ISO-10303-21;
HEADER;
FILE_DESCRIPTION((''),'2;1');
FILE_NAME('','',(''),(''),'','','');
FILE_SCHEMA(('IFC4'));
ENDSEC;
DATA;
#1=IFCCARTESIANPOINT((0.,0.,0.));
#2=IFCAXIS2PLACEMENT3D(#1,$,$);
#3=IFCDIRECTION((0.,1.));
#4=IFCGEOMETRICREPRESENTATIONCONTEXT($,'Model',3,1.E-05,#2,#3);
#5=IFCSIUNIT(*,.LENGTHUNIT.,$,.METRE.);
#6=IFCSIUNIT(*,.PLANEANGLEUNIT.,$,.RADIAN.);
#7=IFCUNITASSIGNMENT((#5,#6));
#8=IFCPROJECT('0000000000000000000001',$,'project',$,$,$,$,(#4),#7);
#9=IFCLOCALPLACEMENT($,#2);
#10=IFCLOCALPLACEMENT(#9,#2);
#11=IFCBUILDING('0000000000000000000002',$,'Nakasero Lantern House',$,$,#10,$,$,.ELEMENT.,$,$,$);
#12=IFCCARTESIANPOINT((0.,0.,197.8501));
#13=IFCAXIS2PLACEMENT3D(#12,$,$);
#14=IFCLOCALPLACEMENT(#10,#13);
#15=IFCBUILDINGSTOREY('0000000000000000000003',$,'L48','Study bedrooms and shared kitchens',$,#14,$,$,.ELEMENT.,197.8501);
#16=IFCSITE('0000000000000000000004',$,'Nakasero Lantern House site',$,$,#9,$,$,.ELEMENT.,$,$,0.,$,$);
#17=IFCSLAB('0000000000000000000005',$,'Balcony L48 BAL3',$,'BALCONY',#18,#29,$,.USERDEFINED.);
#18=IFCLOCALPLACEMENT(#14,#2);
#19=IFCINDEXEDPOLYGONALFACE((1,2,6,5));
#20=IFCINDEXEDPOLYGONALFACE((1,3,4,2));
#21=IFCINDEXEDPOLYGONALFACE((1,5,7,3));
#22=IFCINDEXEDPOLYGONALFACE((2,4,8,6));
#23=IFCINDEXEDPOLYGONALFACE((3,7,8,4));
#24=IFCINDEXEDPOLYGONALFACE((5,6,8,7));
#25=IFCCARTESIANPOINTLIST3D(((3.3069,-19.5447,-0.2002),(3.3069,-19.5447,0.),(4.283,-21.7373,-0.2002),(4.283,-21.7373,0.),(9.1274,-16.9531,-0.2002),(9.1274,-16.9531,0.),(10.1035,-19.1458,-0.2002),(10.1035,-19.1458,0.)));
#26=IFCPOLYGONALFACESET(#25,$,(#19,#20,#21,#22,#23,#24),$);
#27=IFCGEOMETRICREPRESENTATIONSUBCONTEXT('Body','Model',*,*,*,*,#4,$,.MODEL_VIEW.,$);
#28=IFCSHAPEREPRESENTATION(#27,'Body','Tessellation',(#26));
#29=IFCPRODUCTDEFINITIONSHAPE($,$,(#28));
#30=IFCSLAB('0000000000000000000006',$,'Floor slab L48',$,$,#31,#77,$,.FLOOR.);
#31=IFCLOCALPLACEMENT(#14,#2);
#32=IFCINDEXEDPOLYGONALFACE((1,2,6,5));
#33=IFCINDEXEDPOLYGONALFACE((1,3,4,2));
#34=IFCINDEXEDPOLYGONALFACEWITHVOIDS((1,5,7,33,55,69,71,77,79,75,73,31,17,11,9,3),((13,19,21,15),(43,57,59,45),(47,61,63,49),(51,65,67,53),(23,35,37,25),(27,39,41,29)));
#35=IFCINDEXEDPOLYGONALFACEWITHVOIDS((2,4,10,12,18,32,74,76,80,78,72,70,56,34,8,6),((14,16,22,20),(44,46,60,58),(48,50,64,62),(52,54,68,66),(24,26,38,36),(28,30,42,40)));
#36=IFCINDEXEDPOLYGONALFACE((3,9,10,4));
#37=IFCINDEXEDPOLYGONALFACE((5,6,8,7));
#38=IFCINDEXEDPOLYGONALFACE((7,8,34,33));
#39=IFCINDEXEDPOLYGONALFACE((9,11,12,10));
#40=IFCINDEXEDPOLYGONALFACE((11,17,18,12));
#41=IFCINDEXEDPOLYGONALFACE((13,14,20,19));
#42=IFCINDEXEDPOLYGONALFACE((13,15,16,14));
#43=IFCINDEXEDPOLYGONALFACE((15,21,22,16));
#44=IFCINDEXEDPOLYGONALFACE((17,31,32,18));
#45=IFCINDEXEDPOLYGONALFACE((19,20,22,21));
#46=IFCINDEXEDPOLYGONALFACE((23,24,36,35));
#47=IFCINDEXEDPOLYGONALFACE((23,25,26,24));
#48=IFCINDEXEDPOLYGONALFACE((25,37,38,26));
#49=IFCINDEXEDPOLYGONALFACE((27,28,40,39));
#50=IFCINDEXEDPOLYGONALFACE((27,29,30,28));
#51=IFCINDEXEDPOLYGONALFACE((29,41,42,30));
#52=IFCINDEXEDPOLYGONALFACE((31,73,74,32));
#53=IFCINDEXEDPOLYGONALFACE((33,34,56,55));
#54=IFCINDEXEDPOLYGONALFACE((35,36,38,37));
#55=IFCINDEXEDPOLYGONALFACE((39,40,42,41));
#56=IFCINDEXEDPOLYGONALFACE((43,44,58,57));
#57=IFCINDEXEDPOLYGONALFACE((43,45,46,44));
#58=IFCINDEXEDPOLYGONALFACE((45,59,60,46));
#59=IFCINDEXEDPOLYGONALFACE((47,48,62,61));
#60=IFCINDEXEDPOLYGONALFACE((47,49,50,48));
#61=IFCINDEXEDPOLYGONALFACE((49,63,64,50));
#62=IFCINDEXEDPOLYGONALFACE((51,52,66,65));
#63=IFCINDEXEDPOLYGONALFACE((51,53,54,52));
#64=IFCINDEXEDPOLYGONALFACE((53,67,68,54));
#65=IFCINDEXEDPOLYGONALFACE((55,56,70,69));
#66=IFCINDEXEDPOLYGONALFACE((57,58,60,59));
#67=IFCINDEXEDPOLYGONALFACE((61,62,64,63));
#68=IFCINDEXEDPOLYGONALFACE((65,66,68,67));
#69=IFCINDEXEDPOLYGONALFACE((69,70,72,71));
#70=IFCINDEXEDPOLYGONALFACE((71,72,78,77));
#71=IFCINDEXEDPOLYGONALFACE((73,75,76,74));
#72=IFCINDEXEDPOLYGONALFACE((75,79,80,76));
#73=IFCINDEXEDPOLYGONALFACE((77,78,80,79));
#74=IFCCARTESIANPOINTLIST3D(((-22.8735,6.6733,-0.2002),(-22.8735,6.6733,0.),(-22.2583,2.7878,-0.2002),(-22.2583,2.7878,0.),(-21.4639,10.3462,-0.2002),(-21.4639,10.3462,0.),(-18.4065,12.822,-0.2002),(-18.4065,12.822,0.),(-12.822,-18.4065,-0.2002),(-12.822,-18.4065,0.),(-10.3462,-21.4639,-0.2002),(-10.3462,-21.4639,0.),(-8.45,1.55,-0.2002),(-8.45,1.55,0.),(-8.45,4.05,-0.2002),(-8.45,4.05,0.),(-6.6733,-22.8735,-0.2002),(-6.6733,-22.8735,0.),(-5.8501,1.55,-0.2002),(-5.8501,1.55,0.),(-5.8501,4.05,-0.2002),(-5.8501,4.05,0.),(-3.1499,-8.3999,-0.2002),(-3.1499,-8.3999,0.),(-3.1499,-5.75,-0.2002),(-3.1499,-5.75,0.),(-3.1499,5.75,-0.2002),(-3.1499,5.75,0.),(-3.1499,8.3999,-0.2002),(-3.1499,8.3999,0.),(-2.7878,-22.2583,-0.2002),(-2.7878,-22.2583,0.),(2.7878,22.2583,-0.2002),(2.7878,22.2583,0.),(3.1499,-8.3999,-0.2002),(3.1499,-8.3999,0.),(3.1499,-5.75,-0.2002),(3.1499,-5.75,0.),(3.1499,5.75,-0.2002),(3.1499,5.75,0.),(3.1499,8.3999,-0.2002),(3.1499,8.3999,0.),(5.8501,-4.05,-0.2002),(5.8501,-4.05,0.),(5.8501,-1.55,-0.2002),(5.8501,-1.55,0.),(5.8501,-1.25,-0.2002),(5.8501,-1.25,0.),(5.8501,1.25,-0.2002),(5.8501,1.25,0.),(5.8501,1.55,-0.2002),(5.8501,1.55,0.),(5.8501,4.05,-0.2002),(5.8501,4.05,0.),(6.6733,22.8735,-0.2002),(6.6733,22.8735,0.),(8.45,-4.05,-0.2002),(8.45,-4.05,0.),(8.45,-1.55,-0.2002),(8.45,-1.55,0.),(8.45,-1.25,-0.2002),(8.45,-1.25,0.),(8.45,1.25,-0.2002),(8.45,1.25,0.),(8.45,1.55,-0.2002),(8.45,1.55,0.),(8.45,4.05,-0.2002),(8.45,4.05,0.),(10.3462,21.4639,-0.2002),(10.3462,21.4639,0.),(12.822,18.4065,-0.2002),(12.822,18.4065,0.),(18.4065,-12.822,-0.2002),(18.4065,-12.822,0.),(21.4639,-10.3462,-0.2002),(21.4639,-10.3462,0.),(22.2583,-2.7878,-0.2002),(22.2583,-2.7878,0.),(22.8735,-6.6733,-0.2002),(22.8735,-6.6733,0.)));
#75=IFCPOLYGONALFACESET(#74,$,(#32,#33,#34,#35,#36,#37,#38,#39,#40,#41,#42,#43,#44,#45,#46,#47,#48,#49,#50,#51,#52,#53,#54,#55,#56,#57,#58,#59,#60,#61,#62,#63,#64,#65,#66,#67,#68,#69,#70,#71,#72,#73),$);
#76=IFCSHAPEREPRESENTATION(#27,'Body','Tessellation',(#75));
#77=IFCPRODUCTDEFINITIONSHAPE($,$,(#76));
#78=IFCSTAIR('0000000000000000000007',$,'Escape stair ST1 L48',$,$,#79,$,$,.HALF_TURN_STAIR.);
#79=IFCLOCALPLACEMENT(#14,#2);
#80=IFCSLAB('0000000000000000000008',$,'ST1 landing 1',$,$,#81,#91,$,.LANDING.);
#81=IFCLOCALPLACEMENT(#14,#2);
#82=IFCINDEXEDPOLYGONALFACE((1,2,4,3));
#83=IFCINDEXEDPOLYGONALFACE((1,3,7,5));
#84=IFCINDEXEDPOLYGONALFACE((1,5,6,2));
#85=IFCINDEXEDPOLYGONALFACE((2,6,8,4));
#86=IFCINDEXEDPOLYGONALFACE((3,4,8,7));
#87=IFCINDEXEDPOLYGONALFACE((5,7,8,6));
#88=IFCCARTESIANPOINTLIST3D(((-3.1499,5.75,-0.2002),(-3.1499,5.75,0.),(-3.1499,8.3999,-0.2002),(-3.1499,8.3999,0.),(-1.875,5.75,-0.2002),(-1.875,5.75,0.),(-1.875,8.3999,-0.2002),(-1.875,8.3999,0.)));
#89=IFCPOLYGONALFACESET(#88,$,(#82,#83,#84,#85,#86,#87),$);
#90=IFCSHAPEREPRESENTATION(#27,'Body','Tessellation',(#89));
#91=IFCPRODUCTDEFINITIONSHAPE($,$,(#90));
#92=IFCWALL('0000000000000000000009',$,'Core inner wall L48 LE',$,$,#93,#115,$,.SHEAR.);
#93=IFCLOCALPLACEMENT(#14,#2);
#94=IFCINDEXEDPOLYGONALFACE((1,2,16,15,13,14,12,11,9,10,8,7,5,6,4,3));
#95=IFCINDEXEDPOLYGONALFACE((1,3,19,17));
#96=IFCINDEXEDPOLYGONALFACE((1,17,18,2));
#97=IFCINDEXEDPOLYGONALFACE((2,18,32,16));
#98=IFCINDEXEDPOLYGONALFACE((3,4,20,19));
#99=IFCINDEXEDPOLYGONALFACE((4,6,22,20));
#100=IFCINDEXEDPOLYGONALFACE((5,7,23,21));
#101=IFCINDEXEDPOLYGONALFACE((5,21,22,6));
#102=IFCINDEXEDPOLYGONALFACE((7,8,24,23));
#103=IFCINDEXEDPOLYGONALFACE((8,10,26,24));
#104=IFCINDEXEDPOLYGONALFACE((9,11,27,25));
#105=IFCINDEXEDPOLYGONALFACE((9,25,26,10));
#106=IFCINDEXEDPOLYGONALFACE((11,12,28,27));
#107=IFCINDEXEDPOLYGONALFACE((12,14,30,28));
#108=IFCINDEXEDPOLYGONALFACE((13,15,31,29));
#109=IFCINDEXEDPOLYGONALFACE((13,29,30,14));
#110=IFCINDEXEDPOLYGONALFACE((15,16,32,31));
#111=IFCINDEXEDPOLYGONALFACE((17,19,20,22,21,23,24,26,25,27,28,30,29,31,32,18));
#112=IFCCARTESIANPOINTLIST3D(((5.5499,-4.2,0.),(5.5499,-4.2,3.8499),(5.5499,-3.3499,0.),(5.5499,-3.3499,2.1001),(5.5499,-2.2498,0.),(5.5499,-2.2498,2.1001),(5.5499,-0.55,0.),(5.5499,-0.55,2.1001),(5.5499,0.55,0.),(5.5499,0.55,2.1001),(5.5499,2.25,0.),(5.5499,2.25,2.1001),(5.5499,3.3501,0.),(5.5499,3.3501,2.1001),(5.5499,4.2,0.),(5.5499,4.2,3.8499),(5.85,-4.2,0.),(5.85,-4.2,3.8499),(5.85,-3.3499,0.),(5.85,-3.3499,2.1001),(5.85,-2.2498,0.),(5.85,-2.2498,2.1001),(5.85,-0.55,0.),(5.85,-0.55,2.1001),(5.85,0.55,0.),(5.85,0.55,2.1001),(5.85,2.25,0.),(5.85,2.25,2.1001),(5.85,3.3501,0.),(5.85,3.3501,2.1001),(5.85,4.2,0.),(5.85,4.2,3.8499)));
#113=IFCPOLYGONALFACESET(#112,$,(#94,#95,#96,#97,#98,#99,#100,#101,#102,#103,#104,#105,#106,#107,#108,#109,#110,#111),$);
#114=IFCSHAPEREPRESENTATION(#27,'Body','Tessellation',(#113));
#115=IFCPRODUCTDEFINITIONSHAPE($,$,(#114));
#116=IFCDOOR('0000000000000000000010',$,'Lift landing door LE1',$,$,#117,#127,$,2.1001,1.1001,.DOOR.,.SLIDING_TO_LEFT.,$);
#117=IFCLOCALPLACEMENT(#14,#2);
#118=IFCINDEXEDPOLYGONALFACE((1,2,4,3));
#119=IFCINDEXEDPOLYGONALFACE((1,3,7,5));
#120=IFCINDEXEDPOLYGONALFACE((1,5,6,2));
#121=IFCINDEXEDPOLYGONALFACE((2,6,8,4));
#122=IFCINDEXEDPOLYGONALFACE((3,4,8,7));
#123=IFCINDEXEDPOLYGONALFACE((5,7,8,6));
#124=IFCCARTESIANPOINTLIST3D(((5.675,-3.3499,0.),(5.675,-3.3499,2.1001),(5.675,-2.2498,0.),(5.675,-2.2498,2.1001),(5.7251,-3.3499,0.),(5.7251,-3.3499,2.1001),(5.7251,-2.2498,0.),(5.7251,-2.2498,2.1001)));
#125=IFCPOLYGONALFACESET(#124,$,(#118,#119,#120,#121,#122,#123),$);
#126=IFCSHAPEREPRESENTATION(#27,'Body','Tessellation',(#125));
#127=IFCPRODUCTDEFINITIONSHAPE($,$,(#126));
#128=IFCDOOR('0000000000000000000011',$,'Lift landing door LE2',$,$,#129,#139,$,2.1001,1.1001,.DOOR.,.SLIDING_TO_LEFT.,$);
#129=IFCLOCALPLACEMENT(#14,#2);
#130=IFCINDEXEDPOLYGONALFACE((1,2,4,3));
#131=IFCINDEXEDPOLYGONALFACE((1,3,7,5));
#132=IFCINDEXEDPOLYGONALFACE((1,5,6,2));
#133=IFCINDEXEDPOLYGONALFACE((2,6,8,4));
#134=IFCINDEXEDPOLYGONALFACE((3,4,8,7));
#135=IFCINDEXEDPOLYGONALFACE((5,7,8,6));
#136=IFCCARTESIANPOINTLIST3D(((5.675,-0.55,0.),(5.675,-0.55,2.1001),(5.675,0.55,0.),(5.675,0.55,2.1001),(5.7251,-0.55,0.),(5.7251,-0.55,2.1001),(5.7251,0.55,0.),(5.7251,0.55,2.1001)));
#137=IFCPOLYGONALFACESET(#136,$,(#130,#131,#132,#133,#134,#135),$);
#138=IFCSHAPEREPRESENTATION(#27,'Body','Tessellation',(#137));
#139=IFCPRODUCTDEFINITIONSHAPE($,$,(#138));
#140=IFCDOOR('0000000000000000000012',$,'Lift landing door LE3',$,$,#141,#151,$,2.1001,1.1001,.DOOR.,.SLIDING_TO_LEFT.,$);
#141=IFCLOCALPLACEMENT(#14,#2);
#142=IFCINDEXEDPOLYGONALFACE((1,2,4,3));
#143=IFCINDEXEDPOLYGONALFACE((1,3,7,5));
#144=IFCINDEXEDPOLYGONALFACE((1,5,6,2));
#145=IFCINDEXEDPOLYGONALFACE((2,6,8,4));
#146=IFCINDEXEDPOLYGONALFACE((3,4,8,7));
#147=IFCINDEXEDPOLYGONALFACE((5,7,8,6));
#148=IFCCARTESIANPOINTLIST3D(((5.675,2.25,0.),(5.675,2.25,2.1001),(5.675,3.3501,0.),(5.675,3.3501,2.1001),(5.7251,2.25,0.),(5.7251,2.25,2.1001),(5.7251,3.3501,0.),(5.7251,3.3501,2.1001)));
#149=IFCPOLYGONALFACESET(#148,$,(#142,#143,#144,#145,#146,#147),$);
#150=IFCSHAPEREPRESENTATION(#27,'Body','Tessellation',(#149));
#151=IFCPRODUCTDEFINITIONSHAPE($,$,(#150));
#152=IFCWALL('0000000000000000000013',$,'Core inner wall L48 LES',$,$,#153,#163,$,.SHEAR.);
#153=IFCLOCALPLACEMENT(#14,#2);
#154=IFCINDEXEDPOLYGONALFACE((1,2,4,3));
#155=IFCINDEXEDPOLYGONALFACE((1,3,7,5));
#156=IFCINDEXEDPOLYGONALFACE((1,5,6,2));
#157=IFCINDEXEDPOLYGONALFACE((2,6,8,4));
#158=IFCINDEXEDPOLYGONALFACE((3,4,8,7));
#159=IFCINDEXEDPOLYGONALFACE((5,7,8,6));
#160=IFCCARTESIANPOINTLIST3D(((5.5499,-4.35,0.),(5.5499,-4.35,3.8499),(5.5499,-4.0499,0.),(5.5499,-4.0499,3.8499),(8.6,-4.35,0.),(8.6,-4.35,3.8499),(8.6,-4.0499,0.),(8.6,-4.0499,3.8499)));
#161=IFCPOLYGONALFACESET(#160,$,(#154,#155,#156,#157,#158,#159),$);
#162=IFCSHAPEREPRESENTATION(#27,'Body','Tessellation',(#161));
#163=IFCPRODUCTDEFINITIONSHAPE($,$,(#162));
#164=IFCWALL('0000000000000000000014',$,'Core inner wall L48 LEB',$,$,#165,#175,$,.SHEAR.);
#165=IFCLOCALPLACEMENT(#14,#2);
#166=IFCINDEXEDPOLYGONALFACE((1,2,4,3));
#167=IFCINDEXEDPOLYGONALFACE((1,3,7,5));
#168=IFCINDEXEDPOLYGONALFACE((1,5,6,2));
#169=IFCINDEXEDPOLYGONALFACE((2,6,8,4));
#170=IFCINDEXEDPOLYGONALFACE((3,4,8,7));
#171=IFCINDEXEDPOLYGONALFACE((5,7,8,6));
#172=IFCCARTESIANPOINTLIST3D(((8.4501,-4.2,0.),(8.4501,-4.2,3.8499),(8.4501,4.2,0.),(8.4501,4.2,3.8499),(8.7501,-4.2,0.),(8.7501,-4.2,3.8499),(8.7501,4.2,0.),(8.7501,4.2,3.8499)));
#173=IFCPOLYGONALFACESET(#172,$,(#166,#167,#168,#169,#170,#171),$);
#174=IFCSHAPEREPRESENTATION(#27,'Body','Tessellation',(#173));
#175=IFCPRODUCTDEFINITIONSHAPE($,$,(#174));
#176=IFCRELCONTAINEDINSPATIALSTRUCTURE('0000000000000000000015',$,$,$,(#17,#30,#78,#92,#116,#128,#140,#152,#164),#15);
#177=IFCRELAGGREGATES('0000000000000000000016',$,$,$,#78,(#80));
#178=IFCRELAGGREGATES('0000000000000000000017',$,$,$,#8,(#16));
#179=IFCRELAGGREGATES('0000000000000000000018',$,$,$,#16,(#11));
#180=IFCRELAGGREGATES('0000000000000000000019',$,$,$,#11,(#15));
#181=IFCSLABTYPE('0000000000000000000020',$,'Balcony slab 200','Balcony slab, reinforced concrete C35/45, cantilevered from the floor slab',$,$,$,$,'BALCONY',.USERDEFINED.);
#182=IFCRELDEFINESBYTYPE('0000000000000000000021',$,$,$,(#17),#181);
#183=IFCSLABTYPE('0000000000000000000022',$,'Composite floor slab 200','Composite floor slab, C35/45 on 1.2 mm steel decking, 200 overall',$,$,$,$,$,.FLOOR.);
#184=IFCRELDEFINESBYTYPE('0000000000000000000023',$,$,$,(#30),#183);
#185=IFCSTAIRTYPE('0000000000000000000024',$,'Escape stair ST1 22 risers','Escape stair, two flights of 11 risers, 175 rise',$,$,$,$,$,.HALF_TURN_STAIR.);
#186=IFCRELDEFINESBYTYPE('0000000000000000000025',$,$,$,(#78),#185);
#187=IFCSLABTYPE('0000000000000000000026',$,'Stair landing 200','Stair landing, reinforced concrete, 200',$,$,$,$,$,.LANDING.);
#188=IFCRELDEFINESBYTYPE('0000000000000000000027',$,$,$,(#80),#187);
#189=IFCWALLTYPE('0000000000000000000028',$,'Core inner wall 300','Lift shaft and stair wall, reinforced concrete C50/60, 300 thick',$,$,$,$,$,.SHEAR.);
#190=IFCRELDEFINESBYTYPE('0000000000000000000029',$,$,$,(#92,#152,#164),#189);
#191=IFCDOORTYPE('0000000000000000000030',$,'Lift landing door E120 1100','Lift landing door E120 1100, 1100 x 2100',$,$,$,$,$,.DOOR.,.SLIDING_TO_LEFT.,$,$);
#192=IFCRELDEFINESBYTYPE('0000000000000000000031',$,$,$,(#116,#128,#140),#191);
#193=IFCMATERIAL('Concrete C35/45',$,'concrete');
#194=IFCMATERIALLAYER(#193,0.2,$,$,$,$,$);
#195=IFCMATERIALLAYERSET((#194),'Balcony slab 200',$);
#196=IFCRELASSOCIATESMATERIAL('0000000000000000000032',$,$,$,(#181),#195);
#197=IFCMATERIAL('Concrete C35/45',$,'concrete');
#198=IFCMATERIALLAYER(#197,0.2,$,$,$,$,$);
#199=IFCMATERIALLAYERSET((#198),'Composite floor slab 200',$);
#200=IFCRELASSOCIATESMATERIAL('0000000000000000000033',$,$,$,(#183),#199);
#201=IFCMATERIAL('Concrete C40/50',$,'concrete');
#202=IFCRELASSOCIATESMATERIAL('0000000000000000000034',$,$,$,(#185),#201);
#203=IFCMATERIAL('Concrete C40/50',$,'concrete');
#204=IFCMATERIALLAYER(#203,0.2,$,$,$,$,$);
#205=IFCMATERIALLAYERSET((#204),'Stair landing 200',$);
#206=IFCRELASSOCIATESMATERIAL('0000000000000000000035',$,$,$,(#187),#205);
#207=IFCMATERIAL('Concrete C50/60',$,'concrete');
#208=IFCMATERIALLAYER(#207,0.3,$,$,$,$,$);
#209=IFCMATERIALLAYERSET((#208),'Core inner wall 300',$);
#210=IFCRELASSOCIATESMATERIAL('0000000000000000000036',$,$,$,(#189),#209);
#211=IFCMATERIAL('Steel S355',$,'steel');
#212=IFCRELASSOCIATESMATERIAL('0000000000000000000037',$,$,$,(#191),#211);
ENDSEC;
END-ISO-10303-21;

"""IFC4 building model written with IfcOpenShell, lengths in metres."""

from ifc_helpers import new_model, si_unit, direction, frame, frame_2d, origin, place, context, subcontext, project, spatial, polyline, rectangle, outline, extrude, material, layer, layer_set, type_object, element, fill, aggregate, save


model = new_model("IFC4")

# Units and contexts
model_context = context("Model", 3, precision=1e-05, world=origin(), true_north=direction((0.0, 1.0)))
body_context = subcontext(model_context, "Body", "Model", "MODEL_VIEW")
ifc_project = project(units=[si_unit("LENGTHUNIT", "METRE"), si_unit("PLANEANGLEUNIT", "RADIAN")], contexts=[model_context])

# Site, building, storey
site_placement = place(None, origin())
site = spatial("IfcSite", under=ifc_project, at=site_placement, Name="Nakasero Lantern House site", CompositionType="ELEMENT", RefElevation=0.0)
building_placement = place(site_placement, origin())
building = spatial("IfcBuilding", under=site, at=building_placement, Name="Nakasero Lantern House", CompositionType="ELEMENT")
storey_placement = place(building_placement, frame((0.0, 0.0, 197.8501)))
storey = spatial("IfcBuildingStorey", under=building, at=storey_placement, Name="L48", Description="Study bedrooms and shared kitchens", CompositionType="ELEMENT", Elevation=197.8501)

# Slabs
ifc_material_1 = material(Name="Concrete C35/45", Category="concrete")
ifc_layer_1 = layer(ifc_material_1, 0.2)
ifc_layer_set_1 = layer_set([ifc_layer_1], Name="Balcony slab 200")
slab_type_1 = type_object("IfcSlabType", Name="Balcony slab 200", Description="Balcony slab, reinforced concrete C35/45, cantilevered from the floor slab", ElementType="BALCONY", PredefinedType="USERDEFINED", material=ifc_layer_set_1)
slab_1_placement = place(storey_placement, frame((0.0, 0.0, -0.2002)))
element("IfcSlab", 1, at=slab_1_placement, inside=storey, type_object=slab_type_1, Name="Balcony L48 BAL3", ObjectType="BALCONY", PredefinedType="USERDEFINED", context=body_context, shape_type="SweptSolid", body=[
    extrude(outline(polyline([(3.3069, -19.5447), (4.283, -21.7373), (10.1035, -19.1458), (9.1274, -16.9531), (3.3069, -19.5447)])), origin(), (0.0, 0.0, 1.0), 0.2002),
])
ifc_material_2 = material(Name="Concrete C35/45", Category="concrete")
ifc_layer_2 = layer(ifc_material_2, 0.2)
ifc_layer_set_2 = layer_set([ifc_layer_2], Name="Composite floor slab 200")
slab_type_2 = type_object("IfcSlabType", Name="Composite floor slab 200", Description="Composite floor slab, C35/45 on 1.2 mm steel decking, 200 overall", PredefinedType="FLOOR", material=ifc_layer_set_2)
slab_2_placement = place(storey_placement, frame((0.0, 0.0, -0.2002)))
element("IfcSlab", 2, at=slab_2_placement, inside=storey, type_object=slab_type_2, Name="Floor slab L48", PredefinedType="FLOOR", context=body_context, shape_type="SweptSolid", body=[
    extrude(outline(polyline([(12.822, 18.4065), (10.3462, 21.4639), (6.6733, 22.8735), (2.7878, 22.2583), (-18.4065, 12.822), (-21.4639, 10.3462), (-22.8735, 6.6733), (-22.2583, 2.7878), (-12.822, -18.4065), (-10.3462, -21.4639), (-6.6733, -22.8735), (-2.7878, -22.2583), (18.4065, -12.822), (21.4639, -10.3462), (22.8735, -6.6733), (22.2583, -2.7878), (12.822, 18.4065)]), holes=[polyline([(-8.45, 1.55), (-5.8501, 1.55), (-5.8501, 4.05), (-8.45, 4.05), (-8.45, 1.55)]), polyline([(5.8501, -4.05), (8.45, -4.05), (8.45, -1.55), (5.8501, -1.55), (5.8501, -4.05)]), polyline([(5.8501, -1.25), (8.45, -1.25), (8.45, 1.25), (5.8501, 1.25), (5.8501, -1.25)]), polyline([(5.8501, 1.55), (8.45, 1.55), (8.45, 4.05), (5.8501, 4.05), (5.8501, 1.55)]), polyline([(-3.1499, 5.75), (3.1499, 5.75), (3.1499, 8.3999), (-3.1499, 8.3999), (-3.1499, 5.75)]), polyline([(-3.1499, -8.3999), (3.1499, -8.3999), (3.1499, -5.75), (-3.1499, -5.75), (-3.1499, -8.3999)])]), origin(), (0.0, 0.0, 1.0), 0.2002),
])

# Stair, slab
ifc_material_3 = material(Name="Concrete C40/50", Category="concrete")
stair_type_1 = type_object("IfcStairType", Name="Escape stair ST1 22 risers", Description="Escape stair, two flights of 11 risers, 175 rise", PredefinedType="HALF_TURN_STAIR", material=ifc_material_3)
stair_1_placement = place(storey_placement, origin())
stair_1 = element("IfcStair", 3, at=stair_1_placement, inside=storey, type_object=stair_type_1, Name="Escape stair ST1 L48", PredefinedType="HALF_TURN_STAIR")
ifc_material_4 = material(Name="Concrete C40/50", Category="concrete")
ifc_layer_3 = layer(ifc_material_4, 0.2)
ifc_layer_set_3 = layer_set([ifc_layer_3], Name="Stair landing 200")
slab_type_3 = type_object("IfcSlabType", Name="Stair landing 200", Description="Stair landing, reinforced concrete, 200", PredefinedType="LANDING", material=ifc_layer_set_3)
slab_3_placement = place(storey_placement, frame((0.0, 0.0, -0.2002)))
slab_3 = element("IfcSlab", 4, at=slab_3_placement, type_object=slab_type_3, Name="ST1 landing 1", PredefinedType="LANDING", context=body_context, shape_type="SweptSolid", body=[
    extrude(outline(polyline([(-3.1499, 5.75), (-1.875, 5.75), (-1.875, 8.3999), (-3.1499, 8.3999), (-3.1499, 5.75)])), origin(), (0.0, 0.0, 1.0), 0.2002),
])
aggregate(stair_1, [slab_3])

# Wall, openings, doors
ifc_material_5 = material(Name="Concrete C50/60", Category="concrete")
ifc_layer_4 = layer(ifc_material_5, 0.3)
ifc_layer_set_4 = layer_set([ifc_layer_4], Name="Core inner wall 300")
wall_type_1 = type_object("IfcWallType", Name="Core inner wall 300", Description="Lift shaft and stair wall, reinforced concrete C50/60, 300 thick", PredefinedType="SHEAR", material=ifc_layer_set_4)
wall_1_placement = place(storey_placement, frame((5.7, -4.2, 0.0), z_axis=(0.0, 0.0, 1.0), x_axis=(0.0, 1.0, 0.0)))
wall_1 = element("IfcWall", 5, at=wall_1_placement, inside=storey, type_object=wall_type_1, Name="Core inner wall L48 LE", PredefinedType="SHEAR", context=body_context, shape_type="SweptSolid", body=[
    extrude(rectangle(XDim=8.3999, YDim=0.3, at=frame_2d((4.2, 0.0))), origin(), (0.0, 0.0, 1.0), 3.8499),
])
opening_1_placement = place(wall_1_placement, frame((0.8501, 0.0, 0.0)))
opening_1 = element("IfcOpeningElement", 6, at=opening_1_placement, cuts=wall_1, PredefinedType="OPENING", context=body_context, shape_type="SweptSolid", body=[
    extrude(rectangle(XDim=1.1001, YDim=2.1001, at=frame_2d((0.55, 1.05))), frame((0.0, 0.1699, 0.0), z_axis=(0.0, -1.0, 0.0), x_axis=(1.0, 0.0, 0.0)), (0.0, 0.0, 1.0), 0.3401),
])
opening_2_placement = place(wall_1_placement, frame((3.6499, 0.0, 0.0)))
opening_2 = element("IfcOpeningElement", 7, at=opening_2_placement, cuts=wall_1, PredefinedType="OPENING", context=body_context, shape_type="SweptSolid", body=[
    extrude(rectangle(XDim=1.1001, YDim=2.1001, at=frame_2d((0.55, 1.05))), frame((0.0, 0.1699, 0.0), z_axis=(0.0, -1.0, 0.0), x_axis=(1.0, 0.0, 0.0)), (0.0, 0.0, 1.0), 0.3401),
])
opening_3_placement = place(wall_1_placement, frame((6.45, 0.0, 0.0)))
opening_3 = element("IfcOpeningElement", 8, at=opening_3_placement, cuts=wall_1, PredefinedType="OPENING", context=body_context, shape_type="SweptSolid", body=[
    extrude(rectangle(XDim=1.1001, YDim=2.1001, at=frame_2d((0.55, 1.05))), frame((0.0, 0.1699, 0.0), z_axis=(0.0, -1.0, 0.0), x_axis=(1.0, 0.0, 0.0)), (0.0, 0.0, 1.0), 0.3401),
])
ifc_material_6 = material(Name="Steel S355", Category="steel")
door_type_1 = type_object("IfcDoorType", Name="Lift landing door E120 1100", Description="Lift landing door E120 1100, 1100 x 2100", OperationType="SLIDING_TO_LEFT", PredefinedType="DOOR", material=ifc_material_6)
door_1_placement = place(opening_1_placement, origin())
door_1 = element("IfcDoor", 9, at=door_1_placement, inside=storey, type_object=door_type_1, Name="Lift landing door LE1", OperationType="SLIDING_TO_LEFT", OverallHeight=2.1001, OverallWidth=1.1001, PredefinedType="DOOR", context=body_context, shape_type="SweptSolid", body=[
    extrude(rectangle(XDim=1.1001, YDim=2.1001, at=frame_2d((0.55, 1.05))), frame((0.0, 0.0249, 0.0), z_axis=(0.0, -1.0, 0.0), x_axis=(1.0, 0.0, 0.0)), (0.0, 0.0, 1.0), 0.05),
])
fill(opening_1, door_1)
door_2_placement = place(opening_2_placement, origin())
door_2 = element("IfcDoor", 10, at=door_2_placement, inside=storey, type_object=door_type_1, Name="Lift landing door LE2", OperationType="SLIDING_TO_LEFT", OverallHeight=2.1001, OverallWidth=1.1001, PredefinedType="DOOR", context=body_context, shape_type="SweptSolid", body=[
    extrude(rectangle(XDim=1.1001, YDim=2.1001, at=frame_2d((0.55, 1.05))), frame((0.0, 0.0249, 0.0), z_axis=(0.0, -1.0, 0.0), x_axis=(1.0, 0.0, 0.0)), (0.0, 0.0, 1.0), 0.05),
])
fill(opening_2, door_2)
door_3_placement = place(opening_3_placement, origin())
door_3 = element("IfcDoor", 11, at=door_3_placement, inside=storey, type_object=door_type_1, Name="Lift landing door LE3", OperationType="SLIDING_TO_LEFT", OverallHeight=2.1001, OverallWidth=1.1001, PredefinedType="DOOR", context=body_context, shape_type="SweptSolid", body=[
    extrude(rectangle(XDim=1.1001, YDim=2.1001, at=frame_2d((0.55, 1.05))), frame((0.0, 0.0249, 0.0), z_axis=(0.0, -1.0, 0.0), x_axis=(1.0, 0.0, 0.0)), (0.0, 0.0, 1.0), 0.05),
])
fill(opening_3, door_3)

# Walls
wall_2_placement = place(storey_placement, frame((5.55, -4.2, 0.0), z_axis=(0.0, 0.0, 1.0), x_axis=(1.0, 0.0, 0.0)))
element("IfcWall", 12, at=wall_2_placement, inside=storey, type_object=wall_type_1, Name="Core inner wall L48 LES", PredefinedType="SHEAR", context=body_context, shape_type="SweptSolid", body=[
    extrude(rectangle(XDim=3.05, YDim=0.3, at=frame_2d((1.5249, 0.0))), origin(), (0.0, 0.0, 1.0), 3.8499),
])
wall_3_placement = place(storey_placement, frame((8.6001, -4.2, 0.0), z_axis=(0.0, 0.0, 1.0), x_axis=(0.0, 1.0, 0.0)))
element("IfcWall", 13, at=wall_3_placement, inside=storey, type_object=wall_type_1, Name="Core inner wall L48 LEB", PredefinedType="SHEAR", context=body_context, shape_type="SweptSolid", body=[
    extrude(rectangle(XDim=8.3999, YDim=0.3, at=frame_2d((4.2, 0.0))), origin(), (0.0, 0.0, 1.0), 3.8499),
])

save(model, "model.ifc")
